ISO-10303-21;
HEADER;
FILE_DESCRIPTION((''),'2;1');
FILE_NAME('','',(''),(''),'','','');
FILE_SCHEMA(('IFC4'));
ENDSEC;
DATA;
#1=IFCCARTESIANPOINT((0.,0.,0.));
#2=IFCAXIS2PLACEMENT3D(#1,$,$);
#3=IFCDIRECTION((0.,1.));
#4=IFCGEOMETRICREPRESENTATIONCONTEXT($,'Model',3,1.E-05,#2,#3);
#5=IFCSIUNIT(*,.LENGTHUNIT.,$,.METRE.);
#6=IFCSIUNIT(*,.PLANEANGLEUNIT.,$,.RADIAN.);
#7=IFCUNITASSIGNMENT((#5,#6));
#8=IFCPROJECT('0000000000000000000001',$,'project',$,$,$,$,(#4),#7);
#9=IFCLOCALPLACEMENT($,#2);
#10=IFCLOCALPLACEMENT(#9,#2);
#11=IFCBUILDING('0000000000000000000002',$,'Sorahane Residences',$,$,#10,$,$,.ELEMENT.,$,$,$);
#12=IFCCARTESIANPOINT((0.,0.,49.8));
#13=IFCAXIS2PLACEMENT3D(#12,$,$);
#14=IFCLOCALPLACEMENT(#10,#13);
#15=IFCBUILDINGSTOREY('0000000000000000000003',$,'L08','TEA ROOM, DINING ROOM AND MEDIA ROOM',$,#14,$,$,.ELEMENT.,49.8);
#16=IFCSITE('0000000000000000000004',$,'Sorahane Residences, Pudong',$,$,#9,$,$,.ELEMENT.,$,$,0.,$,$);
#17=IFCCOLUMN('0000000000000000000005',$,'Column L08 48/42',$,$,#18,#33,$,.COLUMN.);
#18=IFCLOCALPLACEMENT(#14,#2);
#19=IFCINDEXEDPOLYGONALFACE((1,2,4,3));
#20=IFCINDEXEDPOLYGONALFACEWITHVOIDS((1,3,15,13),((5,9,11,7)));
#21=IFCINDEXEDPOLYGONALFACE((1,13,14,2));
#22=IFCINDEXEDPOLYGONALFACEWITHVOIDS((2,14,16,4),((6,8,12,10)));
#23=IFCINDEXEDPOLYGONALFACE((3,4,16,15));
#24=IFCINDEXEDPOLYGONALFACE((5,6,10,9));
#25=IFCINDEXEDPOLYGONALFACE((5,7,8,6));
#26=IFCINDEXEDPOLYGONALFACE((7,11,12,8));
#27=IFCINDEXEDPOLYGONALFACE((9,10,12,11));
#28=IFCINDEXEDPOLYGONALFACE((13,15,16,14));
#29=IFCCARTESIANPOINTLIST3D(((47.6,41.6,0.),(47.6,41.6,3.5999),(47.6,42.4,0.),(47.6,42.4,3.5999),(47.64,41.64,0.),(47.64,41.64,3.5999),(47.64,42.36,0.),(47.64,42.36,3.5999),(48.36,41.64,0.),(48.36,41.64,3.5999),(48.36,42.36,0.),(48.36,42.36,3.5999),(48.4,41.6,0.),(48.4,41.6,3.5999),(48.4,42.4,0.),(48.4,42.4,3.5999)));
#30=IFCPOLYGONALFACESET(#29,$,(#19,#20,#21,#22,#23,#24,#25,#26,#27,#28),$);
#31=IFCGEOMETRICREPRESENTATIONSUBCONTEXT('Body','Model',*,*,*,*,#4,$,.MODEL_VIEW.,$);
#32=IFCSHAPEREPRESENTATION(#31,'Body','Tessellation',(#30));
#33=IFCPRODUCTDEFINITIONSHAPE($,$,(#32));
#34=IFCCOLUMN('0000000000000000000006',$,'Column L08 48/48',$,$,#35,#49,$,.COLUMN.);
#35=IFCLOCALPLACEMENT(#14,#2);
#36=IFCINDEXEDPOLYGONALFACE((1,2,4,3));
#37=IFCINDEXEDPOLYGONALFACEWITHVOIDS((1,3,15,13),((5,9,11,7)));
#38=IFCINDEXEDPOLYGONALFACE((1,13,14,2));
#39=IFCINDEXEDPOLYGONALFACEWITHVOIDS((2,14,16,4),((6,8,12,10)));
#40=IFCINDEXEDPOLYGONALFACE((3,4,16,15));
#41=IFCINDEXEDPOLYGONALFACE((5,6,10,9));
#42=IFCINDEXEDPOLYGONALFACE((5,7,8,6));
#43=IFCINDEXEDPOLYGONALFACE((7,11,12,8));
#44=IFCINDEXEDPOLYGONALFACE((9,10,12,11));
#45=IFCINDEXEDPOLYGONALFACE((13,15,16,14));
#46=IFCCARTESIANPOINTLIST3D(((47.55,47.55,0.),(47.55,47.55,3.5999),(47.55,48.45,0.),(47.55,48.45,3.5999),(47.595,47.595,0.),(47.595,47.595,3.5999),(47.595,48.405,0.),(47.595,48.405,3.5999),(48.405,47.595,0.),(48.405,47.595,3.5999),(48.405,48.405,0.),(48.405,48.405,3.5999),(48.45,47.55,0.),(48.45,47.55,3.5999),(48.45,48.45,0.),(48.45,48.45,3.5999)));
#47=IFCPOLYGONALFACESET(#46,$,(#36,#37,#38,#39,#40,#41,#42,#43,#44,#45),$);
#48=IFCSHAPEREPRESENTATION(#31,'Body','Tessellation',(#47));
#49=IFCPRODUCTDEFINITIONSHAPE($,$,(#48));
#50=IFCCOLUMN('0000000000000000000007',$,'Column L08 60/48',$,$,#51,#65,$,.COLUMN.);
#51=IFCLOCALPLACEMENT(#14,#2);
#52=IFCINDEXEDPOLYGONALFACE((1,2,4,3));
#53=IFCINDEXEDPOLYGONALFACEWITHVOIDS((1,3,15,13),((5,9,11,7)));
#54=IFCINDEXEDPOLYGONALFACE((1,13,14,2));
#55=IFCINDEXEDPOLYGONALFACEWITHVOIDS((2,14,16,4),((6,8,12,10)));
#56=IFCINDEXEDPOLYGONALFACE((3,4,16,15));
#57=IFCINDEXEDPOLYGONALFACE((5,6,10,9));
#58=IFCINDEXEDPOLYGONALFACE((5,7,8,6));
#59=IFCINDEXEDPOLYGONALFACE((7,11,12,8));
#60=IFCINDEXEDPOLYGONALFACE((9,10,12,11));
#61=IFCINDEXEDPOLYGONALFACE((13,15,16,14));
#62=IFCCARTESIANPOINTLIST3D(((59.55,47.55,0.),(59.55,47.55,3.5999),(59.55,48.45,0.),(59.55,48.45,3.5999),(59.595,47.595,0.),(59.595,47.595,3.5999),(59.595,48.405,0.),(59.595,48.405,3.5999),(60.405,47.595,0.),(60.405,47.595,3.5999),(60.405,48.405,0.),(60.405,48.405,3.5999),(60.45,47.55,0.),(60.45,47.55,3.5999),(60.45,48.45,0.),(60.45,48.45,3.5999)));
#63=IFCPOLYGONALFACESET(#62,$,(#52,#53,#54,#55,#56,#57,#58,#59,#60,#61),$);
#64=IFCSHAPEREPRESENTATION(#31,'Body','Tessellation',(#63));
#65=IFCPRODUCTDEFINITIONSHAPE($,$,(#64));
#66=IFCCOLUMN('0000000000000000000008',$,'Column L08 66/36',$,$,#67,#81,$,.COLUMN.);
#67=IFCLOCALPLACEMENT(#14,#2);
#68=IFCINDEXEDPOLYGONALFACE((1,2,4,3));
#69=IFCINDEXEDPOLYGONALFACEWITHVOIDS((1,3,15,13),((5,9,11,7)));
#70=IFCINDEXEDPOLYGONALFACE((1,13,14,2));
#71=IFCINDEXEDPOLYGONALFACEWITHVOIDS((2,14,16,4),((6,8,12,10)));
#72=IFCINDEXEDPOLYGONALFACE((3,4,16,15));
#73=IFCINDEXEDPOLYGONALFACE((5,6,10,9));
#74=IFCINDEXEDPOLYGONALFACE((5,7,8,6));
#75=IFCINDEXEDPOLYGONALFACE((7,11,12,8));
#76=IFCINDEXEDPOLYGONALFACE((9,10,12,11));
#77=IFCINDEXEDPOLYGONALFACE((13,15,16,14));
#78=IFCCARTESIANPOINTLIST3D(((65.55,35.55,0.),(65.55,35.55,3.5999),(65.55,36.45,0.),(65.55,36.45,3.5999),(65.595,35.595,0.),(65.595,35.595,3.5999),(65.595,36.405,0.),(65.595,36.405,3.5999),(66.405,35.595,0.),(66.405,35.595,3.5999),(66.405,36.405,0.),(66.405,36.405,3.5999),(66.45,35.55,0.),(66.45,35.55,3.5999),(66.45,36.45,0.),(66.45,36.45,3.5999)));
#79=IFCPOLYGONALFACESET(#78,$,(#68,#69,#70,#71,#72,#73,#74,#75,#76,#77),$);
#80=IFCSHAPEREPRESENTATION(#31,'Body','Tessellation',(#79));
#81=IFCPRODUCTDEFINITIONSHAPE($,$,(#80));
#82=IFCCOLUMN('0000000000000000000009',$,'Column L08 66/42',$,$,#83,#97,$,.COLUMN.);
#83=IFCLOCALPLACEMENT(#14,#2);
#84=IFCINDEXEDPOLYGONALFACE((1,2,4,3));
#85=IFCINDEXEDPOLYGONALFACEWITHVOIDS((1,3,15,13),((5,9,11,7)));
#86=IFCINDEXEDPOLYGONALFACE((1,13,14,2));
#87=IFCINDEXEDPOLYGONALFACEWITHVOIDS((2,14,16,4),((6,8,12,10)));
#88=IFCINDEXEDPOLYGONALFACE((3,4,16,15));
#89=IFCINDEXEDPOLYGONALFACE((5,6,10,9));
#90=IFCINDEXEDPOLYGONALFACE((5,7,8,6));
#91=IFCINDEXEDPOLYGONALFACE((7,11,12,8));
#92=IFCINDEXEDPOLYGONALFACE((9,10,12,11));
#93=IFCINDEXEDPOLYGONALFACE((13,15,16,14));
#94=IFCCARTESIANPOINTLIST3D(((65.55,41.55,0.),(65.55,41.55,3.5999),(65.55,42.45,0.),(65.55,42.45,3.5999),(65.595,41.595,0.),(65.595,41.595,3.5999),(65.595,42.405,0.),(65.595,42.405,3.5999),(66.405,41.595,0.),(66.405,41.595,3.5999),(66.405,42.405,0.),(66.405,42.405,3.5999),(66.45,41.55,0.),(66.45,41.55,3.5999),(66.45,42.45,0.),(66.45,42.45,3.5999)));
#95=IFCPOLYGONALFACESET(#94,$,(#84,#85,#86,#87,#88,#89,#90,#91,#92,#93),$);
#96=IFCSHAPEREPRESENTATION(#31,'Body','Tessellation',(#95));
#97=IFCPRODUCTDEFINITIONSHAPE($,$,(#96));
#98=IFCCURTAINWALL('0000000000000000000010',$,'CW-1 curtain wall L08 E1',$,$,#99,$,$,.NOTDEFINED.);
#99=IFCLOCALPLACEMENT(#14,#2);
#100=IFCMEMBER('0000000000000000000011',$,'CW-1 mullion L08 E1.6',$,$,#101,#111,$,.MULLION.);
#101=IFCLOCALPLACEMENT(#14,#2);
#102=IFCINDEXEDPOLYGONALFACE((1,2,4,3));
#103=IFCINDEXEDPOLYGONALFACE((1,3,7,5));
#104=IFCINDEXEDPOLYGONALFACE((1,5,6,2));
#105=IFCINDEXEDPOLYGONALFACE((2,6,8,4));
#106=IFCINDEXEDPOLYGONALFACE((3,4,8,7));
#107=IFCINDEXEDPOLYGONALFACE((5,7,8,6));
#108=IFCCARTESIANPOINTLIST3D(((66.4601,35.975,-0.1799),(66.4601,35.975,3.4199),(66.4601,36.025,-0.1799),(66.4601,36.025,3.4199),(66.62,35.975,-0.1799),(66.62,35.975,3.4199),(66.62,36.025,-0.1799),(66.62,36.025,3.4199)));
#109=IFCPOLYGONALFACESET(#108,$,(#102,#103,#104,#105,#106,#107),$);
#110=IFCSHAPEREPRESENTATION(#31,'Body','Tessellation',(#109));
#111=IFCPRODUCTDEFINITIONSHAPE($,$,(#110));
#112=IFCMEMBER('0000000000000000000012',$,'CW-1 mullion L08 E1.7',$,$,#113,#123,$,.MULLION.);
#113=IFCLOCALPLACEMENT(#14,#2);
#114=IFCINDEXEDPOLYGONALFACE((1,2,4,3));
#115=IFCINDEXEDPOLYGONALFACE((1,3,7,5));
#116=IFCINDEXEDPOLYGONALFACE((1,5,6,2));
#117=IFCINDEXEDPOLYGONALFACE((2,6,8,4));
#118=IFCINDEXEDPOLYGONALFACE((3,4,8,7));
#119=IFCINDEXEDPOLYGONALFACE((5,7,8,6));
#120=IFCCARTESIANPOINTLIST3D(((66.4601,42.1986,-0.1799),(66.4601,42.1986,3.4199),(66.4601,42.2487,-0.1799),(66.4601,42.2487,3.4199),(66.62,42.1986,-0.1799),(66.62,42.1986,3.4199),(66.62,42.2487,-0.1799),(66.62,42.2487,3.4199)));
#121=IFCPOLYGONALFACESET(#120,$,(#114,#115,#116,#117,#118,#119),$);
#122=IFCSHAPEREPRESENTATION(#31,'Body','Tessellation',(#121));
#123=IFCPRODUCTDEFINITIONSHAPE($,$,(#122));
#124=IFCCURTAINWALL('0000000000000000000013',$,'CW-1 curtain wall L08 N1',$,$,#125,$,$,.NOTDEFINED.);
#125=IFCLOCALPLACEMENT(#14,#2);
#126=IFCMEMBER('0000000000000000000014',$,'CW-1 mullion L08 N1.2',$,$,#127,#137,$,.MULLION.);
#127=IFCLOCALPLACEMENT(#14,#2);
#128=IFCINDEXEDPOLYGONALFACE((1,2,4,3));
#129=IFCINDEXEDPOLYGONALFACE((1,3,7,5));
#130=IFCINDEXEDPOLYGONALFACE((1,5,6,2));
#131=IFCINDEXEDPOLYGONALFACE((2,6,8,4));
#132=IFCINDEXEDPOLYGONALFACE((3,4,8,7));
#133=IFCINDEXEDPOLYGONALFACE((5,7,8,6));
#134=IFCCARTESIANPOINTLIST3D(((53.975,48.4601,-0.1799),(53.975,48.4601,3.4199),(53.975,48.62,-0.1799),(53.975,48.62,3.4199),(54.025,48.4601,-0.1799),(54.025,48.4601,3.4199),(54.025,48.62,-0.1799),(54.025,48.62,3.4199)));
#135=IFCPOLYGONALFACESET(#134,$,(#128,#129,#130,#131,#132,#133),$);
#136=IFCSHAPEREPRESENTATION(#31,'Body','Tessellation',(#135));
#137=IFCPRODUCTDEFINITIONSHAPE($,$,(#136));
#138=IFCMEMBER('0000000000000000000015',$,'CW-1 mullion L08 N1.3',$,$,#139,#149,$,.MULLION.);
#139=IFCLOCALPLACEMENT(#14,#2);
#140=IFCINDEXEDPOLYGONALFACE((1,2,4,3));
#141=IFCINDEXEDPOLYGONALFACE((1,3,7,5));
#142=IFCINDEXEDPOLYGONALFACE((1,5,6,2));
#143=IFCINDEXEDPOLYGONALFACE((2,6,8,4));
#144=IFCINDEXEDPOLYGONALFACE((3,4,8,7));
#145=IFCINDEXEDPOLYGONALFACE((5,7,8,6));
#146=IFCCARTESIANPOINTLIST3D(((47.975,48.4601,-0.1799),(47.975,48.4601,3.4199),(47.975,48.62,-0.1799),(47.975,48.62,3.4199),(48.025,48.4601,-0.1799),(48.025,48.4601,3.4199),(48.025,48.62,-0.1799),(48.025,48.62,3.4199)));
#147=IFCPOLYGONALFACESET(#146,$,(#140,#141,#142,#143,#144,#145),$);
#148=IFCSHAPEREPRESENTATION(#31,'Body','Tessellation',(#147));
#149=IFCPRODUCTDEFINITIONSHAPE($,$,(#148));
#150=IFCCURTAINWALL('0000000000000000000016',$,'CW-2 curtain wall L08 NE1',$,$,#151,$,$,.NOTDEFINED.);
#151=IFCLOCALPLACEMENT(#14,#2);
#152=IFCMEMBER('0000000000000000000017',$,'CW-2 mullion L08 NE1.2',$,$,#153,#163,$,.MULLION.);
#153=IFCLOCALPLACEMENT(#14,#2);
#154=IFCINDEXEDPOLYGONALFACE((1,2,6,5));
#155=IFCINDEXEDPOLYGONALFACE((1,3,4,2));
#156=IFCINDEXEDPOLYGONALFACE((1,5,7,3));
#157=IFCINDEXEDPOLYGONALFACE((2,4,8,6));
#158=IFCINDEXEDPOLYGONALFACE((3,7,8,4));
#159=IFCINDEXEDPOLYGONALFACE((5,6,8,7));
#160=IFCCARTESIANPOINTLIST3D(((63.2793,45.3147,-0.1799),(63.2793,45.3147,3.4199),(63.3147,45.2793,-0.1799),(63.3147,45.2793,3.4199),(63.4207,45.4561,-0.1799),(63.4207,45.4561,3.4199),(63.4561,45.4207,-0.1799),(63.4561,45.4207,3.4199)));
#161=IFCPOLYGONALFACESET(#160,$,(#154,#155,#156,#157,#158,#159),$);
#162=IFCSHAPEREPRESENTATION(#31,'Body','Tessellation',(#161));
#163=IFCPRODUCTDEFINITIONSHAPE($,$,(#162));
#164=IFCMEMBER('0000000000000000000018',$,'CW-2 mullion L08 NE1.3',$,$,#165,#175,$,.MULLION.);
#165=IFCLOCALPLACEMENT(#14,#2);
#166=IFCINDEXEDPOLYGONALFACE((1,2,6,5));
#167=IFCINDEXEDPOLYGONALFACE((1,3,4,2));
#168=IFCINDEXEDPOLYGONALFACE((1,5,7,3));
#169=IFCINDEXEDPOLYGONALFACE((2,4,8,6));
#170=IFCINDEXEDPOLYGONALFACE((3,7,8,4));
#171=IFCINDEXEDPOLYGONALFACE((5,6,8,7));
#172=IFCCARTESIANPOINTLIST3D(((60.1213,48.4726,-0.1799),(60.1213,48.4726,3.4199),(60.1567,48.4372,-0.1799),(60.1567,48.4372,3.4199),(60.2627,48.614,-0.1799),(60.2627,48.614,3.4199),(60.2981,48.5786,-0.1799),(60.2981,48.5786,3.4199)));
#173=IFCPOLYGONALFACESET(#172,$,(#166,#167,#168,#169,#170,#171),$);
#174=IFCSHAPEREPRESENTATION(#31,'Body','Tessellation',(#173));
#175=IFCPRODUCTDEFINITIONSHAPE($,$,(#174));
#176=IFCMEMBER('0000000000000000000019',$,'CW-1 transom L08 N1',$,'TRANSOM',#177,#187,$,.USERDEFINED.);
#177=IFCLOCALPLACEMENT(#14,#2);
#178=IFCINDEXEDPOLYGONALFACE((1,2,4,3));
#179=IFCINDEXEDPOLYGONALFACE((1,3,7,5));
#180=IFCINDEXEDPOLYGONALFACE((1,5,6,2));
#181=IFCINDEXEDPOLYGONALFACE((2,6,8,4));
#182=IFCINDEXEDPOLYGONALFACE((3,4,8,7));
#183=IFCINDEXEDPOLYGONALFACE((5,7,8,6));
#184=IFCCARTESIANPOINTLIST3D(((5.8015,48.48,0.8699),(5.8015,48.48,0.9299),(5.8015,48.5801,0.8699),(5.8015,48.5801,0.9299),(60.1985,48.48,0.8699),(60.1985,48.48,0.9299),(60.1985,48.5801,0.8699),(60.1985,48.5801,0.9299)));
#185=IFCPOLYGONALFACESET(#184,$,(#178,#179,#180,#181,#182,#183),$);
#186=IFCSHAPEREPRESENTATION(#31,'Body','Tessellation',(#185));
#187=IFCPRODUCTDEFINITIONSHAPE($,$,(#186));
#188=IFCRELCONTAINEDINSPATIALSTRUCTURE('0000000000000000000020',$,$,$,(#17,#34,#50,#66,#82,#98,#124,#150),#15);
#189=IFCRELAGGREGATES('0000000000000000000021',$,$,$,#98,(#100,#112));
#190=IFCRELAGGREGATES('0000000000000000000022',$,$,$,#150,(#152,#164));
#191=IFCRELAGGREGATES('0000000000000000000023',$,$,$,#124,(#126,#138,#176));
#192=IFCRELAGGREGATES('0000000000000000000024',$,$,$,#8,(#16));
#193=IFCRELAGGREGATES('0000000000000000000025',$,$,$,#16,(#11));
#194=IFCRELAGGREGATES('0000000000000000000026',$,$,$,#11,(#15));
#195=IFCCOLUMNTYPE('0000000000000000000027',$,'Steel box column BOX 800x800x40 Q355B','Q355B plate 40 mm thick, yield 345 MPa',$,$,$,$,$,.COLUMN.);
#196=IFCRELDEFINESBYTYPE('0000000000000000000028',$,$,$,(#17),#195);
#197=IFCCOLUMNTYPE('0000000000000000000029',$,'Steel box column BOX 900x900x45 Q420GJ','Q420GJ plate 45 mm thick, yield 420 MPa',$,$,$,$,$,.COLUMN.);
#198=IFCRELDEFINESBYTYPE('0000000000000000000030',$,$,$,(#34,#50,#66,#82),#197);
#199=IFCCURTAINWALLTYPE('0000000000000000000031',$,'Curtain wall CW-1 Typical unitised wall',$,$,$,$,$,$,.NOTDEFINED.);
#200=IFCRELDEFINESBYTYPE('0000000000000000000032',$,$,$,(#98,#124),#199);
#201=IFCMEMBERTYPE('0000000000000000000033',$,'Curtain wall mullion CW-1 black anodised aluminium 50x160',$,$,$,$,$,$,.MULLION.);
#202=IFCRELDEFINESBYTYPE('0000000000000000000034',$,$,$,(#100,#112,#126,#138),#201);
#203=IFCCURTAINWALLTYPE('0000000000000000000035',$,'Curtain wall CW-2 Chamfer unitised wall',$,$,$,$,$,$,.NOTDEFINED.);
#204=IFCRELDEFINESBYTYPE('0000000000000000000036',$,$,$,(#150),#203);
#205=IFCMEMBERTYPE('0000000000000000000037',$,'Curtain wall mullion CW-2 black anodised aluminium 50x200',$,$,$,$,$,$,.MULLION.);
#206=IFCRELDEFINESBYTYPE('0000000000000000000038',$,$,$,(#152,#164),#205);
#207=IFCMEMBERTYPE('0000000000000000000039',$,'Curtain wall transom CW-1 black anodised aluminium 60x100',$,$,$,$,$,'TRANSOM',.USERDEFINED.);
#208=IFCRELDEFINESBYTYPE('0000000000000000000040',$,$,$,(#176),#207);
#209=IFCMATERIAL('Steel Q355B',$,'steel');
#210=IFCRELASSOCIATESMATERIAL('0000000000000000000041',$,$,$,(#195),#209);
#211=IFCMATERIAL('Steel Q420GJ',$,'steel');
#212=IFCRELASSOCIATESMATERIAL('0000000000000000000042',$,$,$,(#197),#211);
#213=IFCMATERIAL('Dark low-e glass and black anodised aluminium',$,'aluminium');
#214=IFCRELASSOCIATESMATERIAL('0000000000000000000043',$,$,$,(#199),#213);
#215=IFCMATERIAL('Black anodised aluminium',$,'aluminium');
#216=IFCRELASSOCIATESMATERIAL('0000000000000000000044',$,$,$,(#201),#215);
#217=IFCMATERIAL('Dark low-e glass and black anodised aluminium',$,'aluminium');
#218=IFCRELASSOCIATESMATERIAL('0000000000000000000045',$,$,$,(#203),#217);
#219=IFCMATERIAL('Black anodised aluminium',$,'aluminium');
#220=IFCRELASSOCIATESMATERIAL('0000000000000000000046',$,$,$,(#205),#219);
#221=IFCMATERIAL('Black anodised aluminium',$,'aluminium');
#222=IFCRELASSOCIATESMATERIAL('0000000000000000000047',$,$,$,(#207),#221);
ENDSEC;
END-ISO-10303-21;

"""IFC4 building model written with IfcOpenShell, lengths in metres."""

from ifc_helpers import new_model, si_unit, direction, frame, origin, origin_2d, place, context, subcontext, project, spatial, rectangle, hollow_rectangle, extrude, material, material_profile, profile_set, type_object, element, aggregate, save


model = new_model("IFC4")

# Units and contexts
model_context = context("Model", 3, precision=1e-05, world=origin(), true_north=direction((0.0, 1.0)))
body_context = subcontext(model_context, "Body", "Model", "MODEL_VIEW")
ifc_project = project(units=[si_unit("LENGTHUNIT", "METRE"), si_unit("PLANEANGLEUNIT", "RADIAN")], contexts=[model_context])

# Site, building, storey
site_placement = place(None, origin())
site = spatial("IfcSite", under=ifc_project, at=site_placement, Name="Sorahane Residences, Pudong", CompositionType="ELEMENT", RefElevation=0.0)
building_placement = place(site_placement, origin())
building = spatial("IfcBuilding", under=site, at=building_placement, Name="Sorahane Residences", CompositionType="ELEMENT")
storey_placement = place(building_placement, frame((0.0, 0.0, 49.8)))
storey = spatial("IfcBuildingStorey", under=building, at=storey_placement, Name="L08", Description="TEA ROOM, DINING ROOM AND MEDIA ROOM", CompositionType="ELEMENT", Elevation=49.8)

# Columns
ifc_material_1 = material(Name="Steel Q355B", Category="steel")
ifc_material_profile_1 = material_profile(ifc_material_1, hollow_rectangle(XDim=0.8, YDim=0.8, WallThickness=0.04, at=origin_2d()), Name="BOX 800x800x40")
ifc_profile_set_1 = profile_set([ifc_material_profile_1], Name="Steel Q355B")
column_type_1 = type_object("IfcColumnType", Name="Steel box column BOX 800x800x40 Q355B", Description="Q355B plate 40 mm thick, yield 345 MPa", PredefinedType="COLUMN", material=ifc_profile_set_1)
column_placement = place(storey_placement, frame((48.0, 42.0, 0.0), z_axis=(0.0, 0.0, 1.0), x_axis=(1.0, 0.0, 0.0)))
element("IfcColumn", 1, at=column_placement, inside=storey, type_object=column_type_1, Name="Column L08 48/42", PredefinedType="COLUMN", context=body_context, shape_type="SweptSolid", body=[
    extrude(hollow_rectangle(XDim=0.8, YDim=0.8, WallThickness=0.04, at=origin_2d()), origin(), (0.0, 0.0, 1.0), 3.5999),
])
ifc_material_2 = material(Name="Steel Q420GJ", Category="steel")
ifc_material_profile_2 = material_profile(ifc_material_2, hollow_rectangle(XDim=0.8999, YDim=0.8999, WallThickness=0.0449, at=origin_2d()), Name="BOX 900x900x45")
ifc_profile_set_2 = profile_set([ifc_material_profile_2], Name="Steel Q420GJ")
column_type_2 = type_object("IfcColumnType", Name="Steel box column BOX 900x900x45 Q420GJ", Description="Q420GJ plate 45 mm thick, yield 420 MPa", PredefinedType="COLUMN", material=ifc_profile_set_2)
for number, where, z_axis, x_axis, name in (
    (2, (48.0, 48.0, 0.0), (0.0, 0.0, 1.0), (1.0, 0.0, 0.0), "Column L08 48/48"),
    (3, (60.0, 48.0, 0.0), (0.0, 0.0, 1.0), (1.0, 0.0, 0.0), "Column L08 60/48"),
    (4, (66.0, 36.0, 0.0), (0.0, 0.0, 1.0), (1.0, 0.0, 0.0), "Column L08 66/36"),
    (5, (66.0, 42.0, 0.0), (0.0, 0.0, 1.0), (1.0, 0.0, 0.0), "Column L08 66/42"),
):
    element("IfcColumn", number, at=place(storey_placement, frame(where, z_axis=z_axis, x_axis=x_axis)), inside=storey, type_object=column_type_2, Name=name, PredefinedType="COLUMN", context=body_context, shape_type="SweptSolid", body=[
        extrude(hollow_rectangle(XDim=0.8999, YDim=0.8999, WallThickness=0.0449, at=origin_2d()), origin(), (0.0, 0.0, 1.0), 3.5999),
    ])

# Curtain walls, members
ifc_material_3 = material(Name="Dark low-e glass and black anodised aluminium", Category="aluminium")
curtain_wall_type_1 = type_object("IfcCurtainWallType", Name="Curtain wall CW-1 Typical unitised wall", PredefinedType="NOTDEFINED", material=ifc_material_3)
curtain_wall_1_placement = place(storey_placement, origin())
curtain_wall_1 = element("IfcCurtainWall", 6, at=curtain_wall_1_placement, inside=storey, type_object=curtain_wall_type_1, Name="CW-1 curtain wall L08 E1", PredefinedType="NOTDEFINED")
ifc_material_4 = material(Name="Black anodised aluminium", Category="aluminium")
ifc_material_profile_3 = material_profile(ifc_material_4, rectangle(XDim=0.1599, YDim=0.05, at=origin_2d()), Name="Curtain wall mullion CW-1 black anodised aluminium 50x160")
ifc_profile_set_3 = profile_set([ifc_material_profile_3], Name="Black anodised aluminium")
member_type_1 = type_object("IfcMemberType", Name="Curtain wall mullion CW-1 black anodised aluminium 50x160", PredefinedType="MULLION", material=ifc_profile_set_3)
member_1_placement = place(storey_placement, frame((66.54, 36.0, -0.1799), z_axis=(0.0, 0.0, 1.0), x_axis=(1.0, 0.0, 0.0)))
member_1 = element("IfcMember", 7, at=member_1_placement, type_object=member_type_1, Name="CW-1 mullion L08 E1.6", PredefinedType="MULLION", context=body_context, shape_type="SweptSolid", body=[
    extrude(rectangle(XDim=0.1599, YDim=0.05, at=origin_2d()), origin(), (0.0, 0.0, 1.0), 3.5999),
])
member_2_placement = place(storey_placement, frame((66.54, 42.2236, -0.1799), z_axis=(0.0, 0.0, 1.0), x_axis=(1.0, 0.0, 0.0)))
member_2 = element("IfcMember", 8, at=member_2_placement, type_object=member_type_1, Name="CW-1 mullion L08 E1.7", PredefinedType="MULLION", context=body_context, shape_type="SweptSolid", body=[
    extrude(rectangle(XDim=0.1599, YDim=0.05, at=origin_2d()), origin(), (0.0, 0.0, 1.0), 3.5999),
])
curtain_wall_2_placement = place(storey_placement, origin())
curtain_wall_2 = element("IfcCurtainWall", 9, at=curtain_wall_2_placement, inside=storey, type_object=curtain_wall_type_1, Name="CW-1 curtain wall L08 N1", PredefinedType="NOTDEFINED")
member_3_placement = place(storey_placement, frame((54.0, 48.54, -0.1799), z_axis=(0.0, 0.0, 1.0), x_axis=(0.0, 1.0, 0.0)))
member_3 = element("IfcMember", 10, at=member_3_placement, type_object=member_type_1, Name="CW-1 mullion L08 N1.2", PredefinedType="MULLION", context=body_context, shape_type="SweptSolid", body=[
    extrude(rectangle(XDim=0.1599, YDim=0.05, at=origin_2d()), origin(), (0.0, 0.0, 1.0), 3.5999),
])
member_4_placement = place(storey_placement, frame((48.0, 48.54, -0.1799), z_axis=(0.0, 0.0, 1.0), x_axis=(0.0, 1.0, 0.0)))
member_4 = element("IfcMember", 11, at=member_4_placement, type_object=member_type_1, Name="CW-1 mullion L08 N1.3", PredefinedType="MULLION", context=body_context, shape_type="SweptSolid", body=[
    extrude(rectangle(XDim=0.1599, YDim=0.05, at=origin_2d()), origin(), (0.0, 0.0, 1.0), 3.5999),
])
ifc_material_5 = material(Name="Dark low-e glass and black anodised aluminium", Category="aluminium")
curtain_wall_type_2 = type_object("IfcCurtainWallType", Name="Curtain wall CW-2 Chamfer unitised wall", PredefinedType="NOTDEFINED", material=ifc_material_5)
curtain_wall_3_placement = place(storey_placement, origin())
curtain_wall_3 = element("IfcCurtainWall", 12, at=curtain_wall_3_placement, inside=storey, type_object=curtain_wall_type_2, Name="CW-2 curtain wall L08 NE1", PredefinedType="NOTDEFINED")
ifc_material_6 = material(Name="Black anodised aluminium", Category="aluminium")
ifc_material_profile_4 = material_profile(ifc_material_6, rectangle(XDim=0.2, YDim=0.05, at=origin_2d()), Name="Curtain wall mullion CW-2 black anodised aluminium 50x200")
ifc_profile_set_4 = profile_set([ifc_material_profile_4], Name="Black anodised aluminium")
member_type_2 = type_object("IfcMemberType", Name="Curtain wall mullion CW-2 black anodised aluminium 50x200", PredefinedType="MULLION", material=ifc_profile_set_4)
member_5_placement = place(storey_placement, frame((63.3677, 45.3677, -0.1799), z_axis=(0.0, 0.0, 1.0), x_axis=(0.707107, 0.707107, 0.0)))
member_5 = element("IfcMember", 13, at=member_5_placement, type_object=member_type_2, Name="CW-2 mullion L08 NE1.2", PredefinedType="MULLION", context=body_context, shape_type="SweptSolid", body=[
    extrude(rectangle(XDim=0.2, YDim=0.05, at=origin_2d()), origin(), (0.0, 0.0, 1.0), 3.5999),
])
member_6_placement = place(storey_placement, frame((60.2097, 48.5256, -0.1799), z_axis=(0.0, 0.0, 1.0), x_axis=(0.707107, 0.707107, 0.0)))
member_6 = element("IfcMember", 14, at=member_6_placement, type_object=member_type_2, Name="CW-2 mullion L08 NE1.3", PredefinedType="MULLION", context=body_context, shape_type="SweptSolid", body=[
    extrude(rectangle(XDim=0.2, YDim=0.05, at=origin_2d()), origin(), (0.0, 0.0, 1.0), 3.5999),
])

# Member
ifc_material_7 = material(Name="Black anodised aluminium", Category="aluminium")
ifc_material_profile_5 = material_profile(ifc_material_7, rectangle(XDim=0.1001, YDim=0.0601, at=origin_2d()), Name="Curtain wall transom CW-1 black anodised aluminium 60x100")
ifc_profile_set_5 = profile_set([ifc_material_profile_5], Name="Black anodised aluminium")
member_type_3 = type_object("IfcMemberType", Name="Curtain wall transom CW-1 black anodised aluminium 60x100", ElementType="TRANSOM", PredefinedType="USERDEFINED", material=ifc_profile_set_5)
member_7_placement = place(storey_placement, frame((60.1985, 48.53, 0.8999), z_axis=(-1.0, 0.0, 0.0), x_axis=(0.0, -1.0, 0.0)))
member_7 = element("IfcMember", 15, at=member_7_placement, type_object=member_type_3, Name="CW-1 transom L08 N1", ObjectType="TRANSOM", PredefinedType="USERDEFINED", context=body_context, shape_type="SweptSolid", body=[
    extrude(rectangle(XDim=0.1001, YDim=0.0601, at=origin_2d()), origin(), (0.0, 0.0, 1.0), 54.397),
])

aggregate(curtain_wall_1, [member_1, member_2])
aggregate(curtain_wall_3, [member_5, member_6])
aggregate(curtain_wall_2, [member_3, member_4, member_7])

save(model, "model.ifc")
